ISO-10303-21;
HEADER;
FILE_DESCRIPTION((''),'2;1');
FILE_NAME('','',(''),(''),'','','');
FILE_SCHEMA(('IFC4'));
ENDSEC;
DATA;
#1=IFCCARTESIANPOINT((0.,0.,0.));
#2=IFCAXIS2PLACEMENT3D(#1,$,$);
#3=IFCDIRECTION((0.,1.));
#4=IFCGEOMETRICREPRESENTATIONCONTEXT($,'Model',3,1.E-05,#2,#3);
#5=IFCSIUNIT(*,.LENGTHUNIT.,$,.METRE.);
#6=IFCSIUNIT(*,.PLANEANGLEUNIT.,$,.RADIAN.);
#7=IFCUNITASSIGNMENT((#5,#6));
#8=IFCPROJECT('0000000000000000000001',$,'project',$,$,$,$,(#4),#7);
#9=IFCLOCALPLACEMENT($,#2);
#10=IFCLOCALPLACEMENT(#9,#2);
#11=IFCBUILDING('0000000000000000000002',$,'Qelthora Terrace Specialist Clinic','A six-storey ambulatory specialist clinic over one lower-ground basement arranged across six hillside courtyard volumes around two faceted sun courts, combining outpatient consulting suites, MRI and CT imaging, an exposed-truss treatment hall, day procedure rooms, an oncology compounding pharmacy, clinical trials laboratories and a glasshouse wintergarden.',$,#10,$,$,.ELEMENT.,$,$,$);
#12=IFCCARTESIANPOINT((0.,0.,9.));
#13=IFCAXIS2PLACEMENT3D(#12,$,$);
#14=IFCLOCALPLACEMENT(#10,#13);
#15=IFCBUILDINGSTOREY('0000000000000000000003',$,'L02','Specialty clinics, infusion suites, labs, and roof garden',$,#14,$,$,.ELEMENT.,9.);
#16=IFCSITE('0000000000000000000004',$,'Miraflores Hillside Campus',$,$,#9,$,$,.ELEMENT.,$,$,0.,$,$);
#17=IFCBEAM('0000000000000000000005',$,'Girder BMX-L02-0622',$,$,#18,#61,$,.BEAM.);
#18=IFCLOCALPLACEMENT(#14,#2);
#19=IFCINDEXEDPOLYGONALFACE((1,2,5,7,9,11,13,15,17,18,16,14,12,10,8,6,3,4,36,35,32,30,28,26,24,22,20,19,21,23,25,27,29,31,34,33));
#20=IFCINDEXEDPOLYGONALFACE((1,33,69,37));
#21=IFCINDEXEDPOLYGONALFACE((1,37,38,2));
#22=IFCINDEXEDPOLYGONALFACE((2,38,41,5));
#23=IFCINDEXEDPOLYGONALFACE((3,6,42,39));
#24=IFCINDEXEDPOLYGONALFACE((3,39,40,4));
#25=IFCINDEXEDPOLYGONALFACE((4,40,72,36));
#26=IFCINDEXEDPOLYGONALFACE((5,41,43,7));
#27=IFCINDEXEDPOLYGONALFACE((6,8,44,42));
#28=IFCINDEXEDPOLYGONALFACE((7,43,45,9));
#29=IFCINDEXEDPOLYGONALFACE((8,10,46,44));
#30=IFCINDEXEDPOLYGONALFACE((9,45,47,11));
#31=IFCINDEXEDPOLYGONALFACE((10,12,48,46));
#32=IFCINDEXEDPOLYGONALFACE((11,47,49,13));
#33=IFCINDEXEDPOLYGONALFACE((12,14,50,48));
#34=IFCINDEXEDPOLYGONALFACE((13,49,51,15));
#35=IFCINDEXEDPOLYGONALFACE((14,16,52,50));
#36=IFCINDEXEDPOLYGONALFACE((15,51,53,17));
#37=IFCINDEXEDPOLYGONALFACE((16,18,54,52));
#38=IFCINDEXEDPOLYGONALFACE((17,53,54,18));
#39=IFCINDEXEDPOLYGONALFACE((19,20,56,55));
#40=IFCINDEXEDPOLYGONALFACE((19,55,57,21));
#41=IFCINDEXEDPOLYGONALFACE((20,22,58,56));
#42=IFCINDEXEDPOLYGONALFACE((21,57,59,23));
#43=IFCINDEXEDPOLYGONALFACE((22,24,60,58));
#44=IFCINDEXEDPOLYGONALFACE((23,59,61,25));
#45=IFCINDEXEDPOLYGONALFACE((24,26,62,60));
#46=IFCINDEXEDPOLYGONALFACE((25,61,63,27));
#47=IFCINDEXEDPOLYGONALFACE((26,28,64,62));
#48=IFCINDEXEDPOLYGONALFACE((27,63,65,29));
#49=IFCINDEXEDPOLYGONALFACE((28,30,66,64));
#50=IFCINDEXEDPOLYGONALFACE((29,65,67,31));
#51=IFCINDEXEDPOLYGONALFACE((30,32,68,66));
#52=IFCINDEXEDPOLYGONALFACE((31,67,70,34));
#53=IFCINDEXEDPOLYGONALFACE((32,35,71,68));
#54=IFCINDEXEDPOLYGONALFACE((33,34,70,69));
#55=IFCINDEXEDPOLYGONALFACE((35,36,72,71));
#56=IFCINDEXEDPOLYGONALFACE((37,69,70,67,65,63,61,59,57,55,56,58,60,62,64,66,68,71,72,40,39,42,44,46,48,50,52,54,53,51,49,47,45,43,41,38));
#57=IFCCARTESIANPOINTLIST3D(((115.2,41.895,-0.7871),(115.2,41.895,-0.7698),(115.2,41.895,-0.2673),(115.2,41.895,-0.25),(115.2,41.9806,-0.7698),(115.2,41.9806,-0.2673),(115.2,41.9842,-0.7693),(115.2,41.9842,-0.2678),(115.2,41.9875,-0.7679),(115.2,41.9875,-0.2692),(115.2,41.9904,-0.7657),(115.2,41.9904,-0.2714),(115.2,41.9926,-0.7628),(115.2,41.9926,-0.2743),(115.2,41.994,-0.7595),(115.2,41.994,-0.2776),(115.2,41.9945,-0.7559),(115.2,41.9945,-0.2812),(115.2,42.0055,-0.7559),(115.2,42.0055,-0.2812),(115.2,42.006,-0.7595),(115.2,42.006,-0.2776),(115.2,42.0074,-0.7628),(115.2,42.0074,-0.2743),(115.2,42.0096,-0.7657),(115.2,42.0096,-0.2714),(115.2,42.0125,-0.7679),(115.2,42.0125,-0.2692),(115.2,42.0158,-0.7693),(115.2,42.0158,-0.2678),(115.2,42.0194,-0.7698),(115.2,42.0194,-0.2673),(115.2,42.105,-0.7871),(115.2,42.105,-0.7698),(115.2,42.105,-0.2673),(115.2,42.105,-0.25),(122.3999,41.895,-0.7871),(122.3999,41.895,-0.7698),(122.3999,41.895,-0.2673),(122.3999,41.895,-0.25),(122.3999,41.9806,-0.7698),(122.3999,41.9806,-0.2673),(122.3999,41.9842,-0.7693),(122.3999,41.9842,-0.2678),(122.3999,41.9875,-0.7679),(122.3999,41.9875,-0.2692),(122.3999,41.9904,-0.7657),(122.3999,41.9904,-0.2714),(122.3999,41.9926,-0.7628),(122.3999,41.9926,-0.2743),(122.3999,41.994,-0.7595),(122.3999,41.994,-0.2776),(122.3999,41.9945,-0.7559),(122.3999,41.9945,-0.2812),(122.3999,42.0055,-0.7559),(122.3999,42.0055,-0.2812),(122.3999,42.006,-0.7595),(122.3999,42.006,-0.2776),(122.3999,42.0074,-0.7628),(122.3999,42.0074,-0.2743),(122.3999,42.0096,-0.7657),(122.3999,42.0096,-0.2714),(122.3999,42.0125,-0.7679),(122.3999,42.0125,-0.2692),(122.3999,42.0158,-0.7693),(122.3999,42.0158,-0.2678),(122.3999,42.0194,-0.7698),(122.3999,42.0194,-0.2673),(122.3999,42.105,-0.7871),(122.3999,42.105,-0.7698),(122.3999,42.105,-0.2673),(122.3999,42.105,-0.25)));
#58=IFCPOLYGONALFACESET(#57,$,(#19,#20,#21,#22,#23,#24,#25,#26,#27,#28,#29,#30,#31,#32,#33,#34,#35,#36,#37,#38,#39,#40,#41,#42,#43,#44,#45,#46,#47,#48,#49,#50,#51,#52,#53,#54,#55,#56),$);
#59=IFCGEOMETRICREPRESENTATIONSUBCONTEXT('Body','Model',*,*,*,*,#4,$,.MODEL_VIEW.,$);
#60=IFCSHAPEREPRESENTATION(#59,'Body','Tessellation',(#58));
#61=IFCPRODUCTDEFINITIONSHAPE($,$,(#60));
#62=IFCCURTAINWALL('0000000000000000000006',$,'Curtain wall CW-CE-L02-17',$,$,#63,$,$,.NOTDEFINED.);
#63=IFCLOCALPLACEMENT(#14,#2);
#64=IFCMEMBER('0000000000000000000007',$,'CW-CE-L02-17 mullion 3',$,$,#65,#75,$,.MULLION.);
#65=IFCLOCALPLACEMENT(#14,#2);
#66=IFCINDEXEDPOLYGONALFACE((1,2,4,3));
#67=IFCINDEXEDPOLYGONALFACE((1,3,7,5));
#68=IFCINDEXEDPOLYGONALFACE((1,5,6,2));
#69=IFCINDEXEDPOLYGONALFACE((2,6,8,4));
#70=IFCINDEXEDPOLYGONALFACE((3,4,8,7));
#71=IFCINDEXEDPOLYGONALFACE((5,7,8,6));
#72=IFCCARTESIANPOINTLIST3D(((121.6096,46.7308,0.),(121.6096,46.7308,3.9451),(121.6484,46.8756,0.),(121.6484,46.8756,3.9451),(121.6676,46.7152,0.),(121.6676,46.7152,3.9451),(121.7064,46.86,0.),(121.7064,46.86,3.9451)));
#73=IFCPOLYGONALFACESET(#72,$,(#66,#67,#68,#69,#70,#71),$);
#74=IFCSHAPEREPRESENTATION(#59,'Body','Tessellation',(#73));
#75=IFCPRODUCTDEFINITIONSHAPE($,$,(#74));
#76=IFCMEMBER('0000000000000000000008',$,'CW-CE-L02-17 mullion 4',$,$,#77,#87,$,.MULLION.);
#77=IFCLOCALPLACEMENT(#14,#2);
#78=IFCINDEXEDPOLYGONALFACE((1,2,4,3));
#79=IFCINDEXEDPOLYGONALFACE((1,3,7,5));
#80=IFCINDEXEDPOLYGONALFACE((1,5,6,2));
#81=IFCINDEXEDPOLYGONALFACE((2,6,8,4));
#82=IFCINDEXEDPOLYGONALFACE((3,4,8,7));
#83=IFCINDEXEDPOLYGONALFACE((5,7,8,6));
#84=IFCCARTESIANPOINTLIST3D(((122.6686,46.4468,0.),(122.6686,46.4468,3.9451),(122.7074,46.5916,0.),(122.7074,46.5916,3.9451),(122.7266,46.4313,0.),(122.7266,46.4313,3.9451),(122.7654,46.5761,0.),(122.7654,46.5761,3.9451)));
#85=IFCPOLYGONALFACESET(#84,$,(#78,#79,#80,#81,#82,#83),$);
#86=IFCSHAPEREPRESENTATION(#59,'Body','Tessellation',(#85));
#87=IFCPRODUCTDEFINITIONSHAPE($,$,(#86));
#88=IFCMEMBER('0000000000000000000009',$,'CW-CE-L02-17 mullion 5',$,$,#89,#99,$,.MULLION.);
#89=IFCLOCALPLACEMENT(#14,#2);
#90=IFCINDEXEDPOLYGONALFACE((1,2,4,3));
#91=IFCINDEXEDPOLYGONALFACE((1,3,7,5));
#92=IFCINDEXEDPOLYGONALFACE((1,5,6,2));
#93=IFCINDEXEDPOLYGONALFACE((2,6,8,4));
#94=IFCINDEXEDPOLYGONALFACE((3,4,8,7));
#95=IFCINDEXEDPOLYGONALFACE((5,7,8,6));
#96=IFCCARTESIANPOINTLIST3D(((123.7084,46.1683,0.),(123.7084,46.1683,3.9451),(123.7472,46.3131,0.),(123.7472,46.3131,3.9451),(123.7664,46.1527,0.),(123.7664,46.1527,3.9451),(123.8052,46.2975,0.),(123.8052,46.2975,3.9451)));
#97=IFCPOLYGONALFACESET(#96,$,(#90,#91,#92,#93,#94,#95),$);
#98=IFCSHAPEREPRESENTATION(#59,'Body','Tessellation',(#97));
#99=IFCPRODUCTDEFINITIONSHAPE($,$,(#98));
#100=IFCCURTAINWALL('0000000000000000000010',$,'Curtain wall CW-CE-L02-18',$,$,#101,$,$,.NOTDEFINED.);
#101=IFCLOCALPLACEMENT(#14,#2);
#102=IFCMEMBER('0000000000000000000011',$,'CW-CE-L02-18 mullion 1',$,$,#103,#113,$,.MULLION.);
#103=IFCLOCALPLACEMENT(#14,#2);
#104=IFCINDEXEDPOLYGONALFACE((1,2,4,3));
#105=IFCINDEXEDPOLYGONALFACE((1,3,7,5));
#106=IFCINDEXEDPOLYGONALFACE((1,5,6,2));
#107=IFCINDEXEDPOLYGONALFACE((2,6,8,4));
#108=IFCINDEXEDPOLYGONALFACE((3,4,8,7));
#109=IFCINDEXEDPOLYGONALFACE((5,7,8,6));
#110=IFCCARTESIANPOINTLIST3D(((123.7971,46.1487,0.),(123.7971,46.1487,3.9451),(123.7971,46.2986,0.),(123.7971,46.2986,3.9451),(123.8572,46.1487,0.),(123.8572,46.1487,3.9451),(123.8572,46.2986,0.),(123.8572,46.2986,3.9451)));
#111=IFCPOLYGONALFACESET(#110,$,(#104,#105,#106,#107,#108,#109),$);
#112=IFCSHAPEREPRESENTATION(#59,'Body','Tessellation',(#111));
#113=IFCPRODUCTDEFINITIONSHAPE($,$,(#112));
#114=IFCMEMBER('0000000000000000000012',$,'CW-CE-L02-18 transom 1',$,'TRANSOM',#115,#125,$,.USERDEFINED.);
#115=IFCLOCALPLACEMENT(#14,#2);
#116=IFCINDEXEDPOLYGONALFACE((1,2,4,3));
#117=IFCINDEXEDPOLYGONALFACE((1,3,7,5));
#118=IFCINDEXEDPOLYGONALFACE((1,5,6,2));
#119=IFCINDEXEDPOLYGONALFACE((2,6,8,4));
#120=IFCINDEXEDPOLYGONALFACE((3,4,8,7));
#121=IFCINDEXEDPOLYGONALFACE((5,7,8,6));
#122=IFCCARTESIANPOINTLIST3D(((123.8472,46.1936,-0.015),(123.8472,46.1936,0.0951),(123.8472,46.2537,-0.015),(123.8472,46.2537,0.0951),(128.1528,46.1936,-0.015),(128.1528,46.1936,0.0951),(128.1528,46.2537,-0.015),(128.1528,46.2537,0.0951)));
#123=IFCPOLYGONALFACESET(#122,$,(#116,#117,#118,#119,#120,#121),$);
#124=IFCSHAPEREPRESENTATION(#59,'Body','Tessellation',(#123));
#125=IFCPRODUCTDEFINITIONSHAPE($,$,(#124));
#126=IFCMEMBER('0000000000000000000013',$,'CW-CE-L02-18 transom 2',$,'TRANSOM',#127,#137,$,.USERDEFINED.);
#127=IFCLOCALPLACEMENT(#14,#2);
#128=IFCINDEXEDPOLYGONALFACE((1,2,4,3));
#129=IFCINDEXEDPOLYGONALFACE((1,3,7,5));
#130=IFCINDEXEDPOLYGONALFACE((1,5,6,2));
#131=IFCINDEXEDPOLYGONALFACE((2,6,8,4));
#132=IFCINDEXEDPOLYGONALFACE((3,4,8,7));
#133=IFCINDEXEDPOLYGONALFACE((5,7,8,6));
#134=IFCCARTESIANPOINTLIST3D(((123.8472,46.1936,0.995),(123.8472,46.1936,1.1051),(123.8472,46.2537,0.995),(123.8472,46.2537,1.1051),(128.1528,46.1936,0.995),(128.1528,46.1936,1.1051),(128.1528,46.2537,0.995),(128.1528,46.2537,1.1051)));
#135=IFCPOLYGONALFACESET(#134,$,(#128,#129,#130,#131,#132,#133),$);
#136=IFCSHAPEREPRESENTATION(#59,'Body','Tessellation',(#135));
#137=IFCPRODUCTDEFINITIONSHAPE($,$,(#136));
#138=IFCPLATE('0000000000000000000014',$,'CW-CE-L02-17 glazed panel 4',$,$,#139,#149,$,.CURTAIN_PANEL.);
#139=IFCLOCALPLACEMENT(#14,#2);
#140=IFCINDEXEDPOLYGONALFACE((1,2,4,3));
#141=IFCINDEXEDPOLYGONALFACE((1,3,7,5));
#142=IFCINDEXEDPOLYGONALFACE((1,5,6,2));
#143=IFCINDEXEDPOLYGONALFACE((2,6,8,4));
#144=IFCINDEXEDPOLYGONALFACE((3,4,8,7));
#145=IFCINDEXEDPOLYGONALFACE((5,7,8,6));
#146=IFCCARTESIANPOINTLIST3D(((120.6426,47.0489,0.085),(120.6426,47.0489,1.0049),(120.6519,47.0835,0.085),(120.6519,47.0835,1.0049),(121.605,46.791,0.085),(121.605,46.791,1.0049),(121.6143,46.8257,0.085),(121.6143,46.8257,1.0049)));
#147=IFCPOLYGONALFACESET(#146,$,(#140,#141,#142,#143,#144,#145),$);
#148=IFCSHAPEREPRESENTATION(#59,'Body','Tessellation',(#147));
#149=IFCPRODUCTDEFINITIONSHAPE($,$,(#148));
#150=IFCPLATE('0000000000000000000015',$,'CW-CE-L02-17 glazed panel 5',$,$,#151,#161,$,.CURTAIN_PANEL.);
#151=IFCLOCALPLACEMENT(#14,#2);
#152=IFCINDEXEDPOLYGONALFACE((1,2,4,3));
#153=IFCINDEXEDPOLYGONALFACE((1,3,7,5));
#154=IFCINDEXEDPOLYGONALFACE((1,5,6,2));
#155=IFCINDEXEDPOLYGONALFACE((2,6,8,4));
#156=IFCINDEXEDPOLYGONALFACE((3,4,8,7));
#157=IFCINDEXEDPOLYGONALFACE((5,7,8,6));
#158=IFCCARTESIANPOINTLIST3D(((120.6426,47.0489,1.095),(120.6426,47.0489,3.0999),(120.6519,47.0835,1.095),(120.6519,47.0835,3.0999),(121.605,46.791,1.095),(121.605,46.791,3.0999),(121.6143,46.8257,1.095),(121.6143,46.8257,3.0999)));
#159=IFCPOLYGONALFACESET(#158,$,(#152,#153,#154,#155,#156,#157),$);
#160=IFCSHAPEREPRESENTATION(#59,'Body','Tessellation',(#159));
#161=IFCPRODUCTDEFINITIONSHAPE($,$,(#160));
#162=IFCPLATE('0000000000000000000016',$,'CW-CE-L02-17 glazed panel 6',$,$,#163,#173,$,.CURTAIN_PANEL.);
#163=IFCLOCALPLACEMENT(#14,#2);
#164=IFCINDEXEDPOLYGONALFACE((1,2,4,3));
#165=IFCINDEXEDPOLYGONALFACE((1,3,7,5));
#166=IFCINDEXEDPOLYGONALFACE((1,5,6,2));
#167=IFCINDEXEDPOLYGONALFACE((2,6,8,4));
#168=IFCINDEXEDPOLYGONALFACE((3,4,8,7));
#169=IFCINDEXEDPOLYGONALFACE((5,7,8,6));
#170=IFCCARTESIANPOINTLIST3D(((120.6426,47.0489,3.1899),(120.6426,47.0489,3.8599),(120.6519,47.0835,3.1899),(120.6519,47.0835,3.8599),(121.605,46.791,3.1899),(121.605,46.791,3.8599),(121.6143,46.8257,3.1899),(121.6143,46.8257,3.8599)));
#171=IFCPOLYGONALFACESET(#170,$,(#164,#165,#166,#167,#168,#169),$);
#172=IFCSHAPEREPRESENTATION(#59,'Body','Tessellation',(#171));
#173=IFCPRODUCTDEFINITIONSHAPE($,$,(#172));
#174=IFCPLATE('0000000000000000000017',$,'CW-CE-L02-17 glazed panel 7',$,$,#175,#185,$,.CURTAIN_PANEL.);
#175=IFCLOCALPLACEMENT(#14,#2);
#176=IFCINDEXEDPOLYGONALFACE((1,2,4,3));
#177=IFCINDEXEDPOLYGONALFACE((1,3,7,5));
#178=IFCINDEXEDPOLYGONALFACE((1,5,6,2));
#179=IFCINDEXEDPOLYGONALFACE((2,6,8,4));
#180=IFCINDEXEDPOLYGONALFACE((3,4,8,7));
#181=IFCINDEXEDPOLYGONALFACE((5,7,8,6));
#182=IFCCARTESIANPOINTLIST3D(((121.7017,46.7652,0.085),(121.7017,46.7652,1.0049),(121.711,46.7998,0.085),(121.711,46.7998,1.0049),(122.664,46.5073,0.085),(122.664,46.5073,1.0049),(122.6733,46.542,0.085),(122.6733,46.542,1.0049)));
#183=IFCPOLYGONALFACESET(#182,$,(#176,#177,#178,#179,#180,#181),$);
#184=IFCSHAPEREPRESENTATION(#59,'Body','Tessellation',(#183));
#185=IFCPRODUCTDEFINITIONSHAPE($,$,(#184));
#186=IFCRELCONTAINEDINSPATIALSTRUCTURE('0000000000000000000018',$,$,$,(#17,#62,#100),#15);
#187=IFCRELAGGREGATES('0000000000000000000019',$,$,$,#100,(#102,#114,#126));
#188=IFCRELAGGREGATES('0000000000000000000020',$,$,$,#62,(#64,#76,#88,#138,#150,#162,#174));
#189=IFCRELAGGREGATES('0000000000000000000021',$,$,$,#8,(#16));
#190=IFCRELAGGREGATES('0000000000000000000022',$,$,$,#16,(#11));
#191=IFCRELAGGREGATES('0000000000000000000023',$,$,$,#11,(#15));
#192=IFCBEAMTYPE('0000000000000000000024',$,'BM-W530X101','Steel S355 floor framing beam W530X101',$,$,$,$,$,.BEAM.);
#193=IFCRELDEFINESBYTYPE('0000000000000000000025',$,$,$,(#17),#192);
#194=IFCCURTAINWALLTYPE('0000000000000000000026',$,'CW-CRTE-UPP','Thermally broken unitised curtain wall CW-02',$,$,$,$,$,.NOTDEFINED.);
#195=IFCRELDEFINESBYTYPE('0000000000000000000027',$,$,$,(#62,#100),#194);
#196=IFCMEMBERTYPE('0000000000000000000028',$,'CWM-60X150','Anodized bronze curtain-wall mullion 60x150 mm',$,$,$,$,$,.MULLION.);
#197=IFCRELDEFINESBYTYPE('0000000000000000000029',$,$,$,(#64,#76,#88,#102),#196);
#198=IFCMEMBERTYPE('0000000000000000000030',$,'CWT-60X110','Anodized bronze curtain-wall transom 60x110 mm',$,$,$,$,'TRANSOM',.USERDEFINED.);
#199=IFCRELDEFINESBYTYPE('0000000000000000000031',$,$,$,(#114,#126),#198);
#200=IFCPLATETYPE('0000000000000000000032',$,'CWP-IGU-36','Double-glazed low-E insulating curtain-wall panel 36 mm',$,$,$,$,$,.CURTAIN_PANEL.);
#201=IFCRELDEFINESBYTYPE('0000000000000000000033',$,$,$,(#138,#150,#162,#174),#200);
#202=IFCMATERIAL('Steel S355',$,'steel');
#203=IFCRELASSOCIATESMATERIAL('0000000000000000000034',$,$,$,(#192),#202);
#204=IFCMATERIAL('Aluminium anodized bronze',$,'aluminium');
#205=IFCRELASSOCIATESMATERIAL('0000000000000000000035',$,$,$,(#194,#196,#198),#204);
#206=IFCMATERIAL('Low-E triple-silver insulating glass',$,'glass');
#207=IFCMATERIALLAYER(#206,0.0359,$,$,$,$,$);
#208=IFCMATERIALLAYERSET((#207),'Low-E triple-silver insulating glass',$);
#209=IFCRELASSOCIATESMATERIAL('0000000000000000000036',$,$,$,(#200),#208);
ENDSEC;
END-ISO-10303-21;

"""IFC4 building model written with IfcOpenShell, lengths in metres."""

from ifc_helpers import new_model, si_unit, direction, frame, origin, origin_2d, place, context, subcontext, project, spatial, rectangle, i_section, extrude, material, layer, layer_set, material_profile, profile_set, type_object, element, aggregate, save


model = new_model("IFC4")

# Units and contexts
model_context = context("Model", 3, precision=1e-05, world=origin(), true_north=direction((0.0, 1.0)))
body_context = subcontext(model_context, "Body", "Model", "MODEL_VIEW")
ifc_project = project(units=[si_unit("LENGTHUNIT", "METRE"), si_unit("PLANEANGLEUNIT", "RADIAN")], contexts=[model_context])

# Site, building, storey
site_placement = place(None, origin())
site = spatial("IfcSite", under=ifc_project, at=site_placement, Name="Miraflores Hillside Campus", CompositionType="ELEMENT", RefElevation=0.0)
building_placement = place(site_placement, origin())
building = spatial("IfcBuilding", under=site, at=building_placement, Name="Qelthora Terrace Specialist Clinic", Description="A six-storey ambulatory specialist clinic over one lower-ground basement arranged across six hillside courtyard volumes around two faceted sun courts, combining outpatient consulting suites, MRI and CT imaging, an exposed-truss treatment hall, day procedure rooms, an oncology compounding pharmacy, clinical trials laboratories and a glasshouse wintergarden.", CompositionType="ELEMENT")
storey_placement = place(building_placement, frame((0.0, 0.0, 9.0)))
storey = spatial("IfcBuildingStorey", under=building, at=storey_placement, Name="L02", Description="Specialty clinics, infusion suites, labs, and roof garden", CompositionType="ELEMENT", Elevation=9.0)

# Shared definitions
ifc_material_1 = material(Name="Steel S355", Category="steel")

# Beam
ifc_material_profile_1 = material_profile(ifc_material_1, i_section(OverallWidth=0.21, OverallDepth=0.5371, WebThickness=0.011, FlangeThickness=0.0173, FilletRadius=0.0139, at=origin_2d()), Name="W530X101")
ifc_profile_set_1 = profile_set([ifc_material_profile_1], Name="Steel S355")
beam_type_1 = type_object("IfcBeamType", Name="BM-W530X101", Description="Steel S355 floor framing beam W530X101", PredefinedType="BEAM", material=ifc_profile_set_1)
beam_1_placement = place(storey_placement, frame((115.2, 42.0, -0.5186), z_axis=(1.0, 0.0, 0.0), x_axis=(0.0, 1.0, 0.0)))
element("IfcBeam", 1, at=beam_1_placement, inside=storey, type_object=beam_type_1, Name="Girder BMX-L02-0622", PredefinedType="BEAM", context=body_context, shape_type="SweptSolid", body=[
    extrude(i_section(OverallWidth=0.21, OverallDepth=0.5371, WebThickness=0.011, FlangeThickness=0.0173, FilletRadius=0.0139, at=origin_2d()), origin(), (0.0, 0.0, 1.0), 7.2),
])

# Curtain walls, members
ifc_material_2 = material(Name="Aluminium anodized bronze", Category="aluminium")
curtain_wall_type = type_object("IfcCurtainWallType", Name="CW-CRTE-UPP", Description="Thermally broken unitised curtain wall CW-02", PredefinedType="NOTDEFINED", material=ifc_material_2)
curtain_wall_1_placement = place(storey_placement, origin())
curtain_wall_1 = element("IfcCurtainWall", 2, at=curtain_wall_1_placement, inside=storey, type_object=curtain_wall_type, Name="Curtain wall CW-CE-L02-17", PredefinedType="NOTDEFINED")
ifc_material_profile_2 = material_profile(ifc_material_2, rectangle(XDim=0.0601, YDim=0.1499, at=origin_2d()), Name="CWM60X150")
ifc_profile_set_2 = profile_set([ifc_material_profile_2], Name="Aluminium anodized bronze")
member_type_1 = type_object("IfcMemberType", Name="CWM-60X150", Description="Anodized bronze curtain-wall mullion 60x150 mm", PredefinedType="MULLION", material=ifc_profile_set_2)
member_1_placement = place(storey_placement, frame((121.658, 46.7954, 0.0), z_axis=(0.0, 0.0, 1.0), x_axis=(0.965926, -0.25882, 0.0)))
member_1 = element("IfcMember", 3, at=member_1_placement, type_object=member_type_1, Name="CW-CE-L02-17 mullion 3", PredefinedType="MULLION", context=body_context, shape_type="SweptSolid", body=[
    extrude(rectangle(XDim=0.0601, YDim=0.1499, at=origin_2d()), origin(), (0.0, 0.0, 1.0), 3.9451),
])
member_2_placement = place(storey_placement, frame((122.717, 46.5115, 0.0), z_axis=(0.0, 0.0, 1.0), x_axis=(0.965926, -0.25882, 0.0)))
member_2 = element("IfcMember", 4, at=member_2_placement, type_object=member_type_1, Name="CW-CE-L02-17 mullion 4", PredefinedType="MULLION", context=body_context, shape_type="SweptSolid", body=[
    extrude(rectangle(XDim=0.0601, YDim=0.1499, at=origin_2d()), origin(), (0.0, 0.0, 1.0), 3.9451),
])
member_3_placement = place(storey_placement, frame((123.7568, 46.2329, 0.0), z_axis=(0.0, 0.0, 1.0), x_axis=(0.965926, -0.25882, 0.0)))
member_3 = element("IfcMember", 5, at=member_3_placement, type_object=member_type_1, Name="CW-CE-L02-17 mullion 5", PredefinedType="MULLION", context=body_context, shape_type="SweptSolid", body=[
    extrude(rectangle(XDim=0.0601, YDim=0.1499, at=origin_2d()), origin(), (0.0, 0.0, 1.0), 3.9451),
])
curtain_wall_2_placement = place(storey_placement, origin())
curtain_wall_2 = element("IfcCurtainWall", 6, at=curtain_wall_2_placement, inside=storey, type_object=curtain_wall_type, Name="Curtain wall CW-CE-L02-18", PredefinedType="NOTDEFINED")
member_4_placement = place(storey_placement, frame((123.8271, 46.2236, 0.0), z_axis=(0.0, 0.0, 1.0), x_axis=(1.0, 0.0, 0.0)))
member_4 = element("IfcMember", 7, at=member_4_placement, type_object=member_type_1, Name="CW-CE-L02-18 mullion 1", PredefinedType="MULLION", context=body_context, shape_type="SweptSolid", body=[
    extrude(rectangle(XDim=0.0601, YDim=0.1499, at=origin_2d()), origin(), (0.0, 0.0, 1.0), 3.9451),
])
ifc_material_profile_3 = material_profile(ifc_material_2, rectangle(XDim=0.0601, YDim=0.1101, at=origin_2d()), Name="CWT60X110")
ifc_profile_set_3 = profile_set([ifc_material_profile_3], Name="Aluminium anodized bronze")
member_type_2 = type_object("IfcMemberType", Name="CWT-60X110", Description="Anodized bronze curtain-wall transom 60x110 mm", ElementType="TRANSOM", PredefinedType="USERDEFINED", material=ifc_profile_set_3)
member_5_placement = place(storey_placement, frame((123.8472, 46.2236, 0.04), z_axis=(1.0, 0.0, 0.0), x_axis=(0.0, 1.0, 0.0)))
member_5 = element("IfcMember", 8, at=member_5_placement, type_object=member_type_2, Name="CW-CE-L02-18 transom 1", ObjectType="TRANSOM", PredefinedType="USERDEFINED", context=body_context, shape_type="SweptSolid", body=[
    extrude(rectangle(XDim=0.0601, YDim=0.1101, at=origin_2d()), origin(), (0.0, 0.0, 1.0), 4.3057),
])
member_6_placement = place(storey_placement, frame((123.8472, 46.2236, 1.05), z_axis=(1.0, 0.0, 0.0), x_axis=(0.0, 1.0, 0.0)))
member_6 = element("IfcMember", 9, at=member_6_placement, type_object=member_type_2, Name="CW-CE-L02-18 transom 2", ObjectType="TRANSOM", PredefinedType="USERDEFINED", context=body_context, shape_type="SweptSolid", body=[
    extrude(rectangle(XDim=0.0601, YDim=0.1101, at=origin_2d()), origin(), (0.0, 0.0, 1.0), 4.3057),
])
aggregate(curtain_wall_2, [member_4, member_5, member_6])

# Plates
ifc_material_3 = material(Name="Low-E triple-silver insulating glass", Category="glass")
ifc_layer_1 = layer(ifc_material_3, 0.0359)
ifc_layer_set_1 = layer_set([ifc_layer_1], Name="Low-E triple-silver insulating glass")
plate_type = type_object("IfcPlateType", Name="CWP-IGU-36", Description="Double-glazed low-E insulating curtain-wall panel 36 mm", PredefinedType="CURTAIN_PANEL", material=ifc_layer_set_1)
plate_1_placement = place(storey_placement, frame((121.1284, 46.9373, 0.085), z_axis=(0.0, 0.0, 1.0), x_axis=(0.965926, -0.258819, 0.0)))
plate_1 = element("IfcPlate", 10, at=plate_1_placement, type_object=plate_type, Name="CW-CE-L02-17 glazed panel 4", PredefinedType="CURTAIN_PANEL", context=body_context, shape_type="SweptSolid", body=[
    extrude(rectangle(XDim=0.9963, YDim=0.0359, at=origin_2d()), origin(), (0.0, 0.0, 1.0), 0.9199),
])
plate_2_placement = place(storey_placement, frame((121.1284, 46.9373, 1.095), z_axis=(0.0, 0.0, 1.0), x_axis=(0.965926, -0.258819, 0.0)))
plate_2 = element("IfcPlate", 11, at=plate_2_placement, type_object=plate_type, Name="CW-CE-L02-17 glazed panel 5", PredefinedType="CURTAIN_PANEL", context=body_context, shape_type="SweptSolid", body=[
    extrude(rectangle(XDim=0.9963, YDim=0.0359, at=origin_2d()), origin(), (0.0, 0.0, 1.0), 2.0049),
])
plate_3_placement = place(storey_placement, frame((121.1284, 46.9373, 3.1899), z_axis=(0.0, 0.0, 1.0), x_axis=(0.965926, -0.258819, 0.0)))
plate_3 = element("IfcPlate", 12, at=plate_3_placement, type_object=plate_type, Name="CW-CE-L02-17 glazed panel 6", PredefinedType="CURTAIN_PANEL", context=body_context, shape_type="SweptSolid", body=[
    extrude(rectangle(XDim=0.9963, YDim=0.0359, at=origin_2d()), origin(), (0.0, 0.0, 1.0), 0.6699),
])
plate_4_placement = place(storey_placement, frame((122.1875, 46.6536, 0.085), z_axis=(0.0, 0.0, 1.0), x_axis=(0.965926, -0.258819, 0.0)))
plate_4 = element("IfcPlate", 13, at=plate_4_placement, type_object=plate_type, Name="CW-CE-L02-17 glazed panel 7", PredefinedType="CURTAIN_PANEL", context=body_context, shape_type="SweptSolid", body=[
    extrude(rectangle(XDim=0.9963, YDim=0.0359, at=origin_2d()), origin(), (0.0, 0.0, 1.0), 0.9199),
])
aggregate(curtain_wall_1, [member_1, member_2, member_3, plate_1, plate_2, plate_3, plate_4])

save(model, "model.ifc")
